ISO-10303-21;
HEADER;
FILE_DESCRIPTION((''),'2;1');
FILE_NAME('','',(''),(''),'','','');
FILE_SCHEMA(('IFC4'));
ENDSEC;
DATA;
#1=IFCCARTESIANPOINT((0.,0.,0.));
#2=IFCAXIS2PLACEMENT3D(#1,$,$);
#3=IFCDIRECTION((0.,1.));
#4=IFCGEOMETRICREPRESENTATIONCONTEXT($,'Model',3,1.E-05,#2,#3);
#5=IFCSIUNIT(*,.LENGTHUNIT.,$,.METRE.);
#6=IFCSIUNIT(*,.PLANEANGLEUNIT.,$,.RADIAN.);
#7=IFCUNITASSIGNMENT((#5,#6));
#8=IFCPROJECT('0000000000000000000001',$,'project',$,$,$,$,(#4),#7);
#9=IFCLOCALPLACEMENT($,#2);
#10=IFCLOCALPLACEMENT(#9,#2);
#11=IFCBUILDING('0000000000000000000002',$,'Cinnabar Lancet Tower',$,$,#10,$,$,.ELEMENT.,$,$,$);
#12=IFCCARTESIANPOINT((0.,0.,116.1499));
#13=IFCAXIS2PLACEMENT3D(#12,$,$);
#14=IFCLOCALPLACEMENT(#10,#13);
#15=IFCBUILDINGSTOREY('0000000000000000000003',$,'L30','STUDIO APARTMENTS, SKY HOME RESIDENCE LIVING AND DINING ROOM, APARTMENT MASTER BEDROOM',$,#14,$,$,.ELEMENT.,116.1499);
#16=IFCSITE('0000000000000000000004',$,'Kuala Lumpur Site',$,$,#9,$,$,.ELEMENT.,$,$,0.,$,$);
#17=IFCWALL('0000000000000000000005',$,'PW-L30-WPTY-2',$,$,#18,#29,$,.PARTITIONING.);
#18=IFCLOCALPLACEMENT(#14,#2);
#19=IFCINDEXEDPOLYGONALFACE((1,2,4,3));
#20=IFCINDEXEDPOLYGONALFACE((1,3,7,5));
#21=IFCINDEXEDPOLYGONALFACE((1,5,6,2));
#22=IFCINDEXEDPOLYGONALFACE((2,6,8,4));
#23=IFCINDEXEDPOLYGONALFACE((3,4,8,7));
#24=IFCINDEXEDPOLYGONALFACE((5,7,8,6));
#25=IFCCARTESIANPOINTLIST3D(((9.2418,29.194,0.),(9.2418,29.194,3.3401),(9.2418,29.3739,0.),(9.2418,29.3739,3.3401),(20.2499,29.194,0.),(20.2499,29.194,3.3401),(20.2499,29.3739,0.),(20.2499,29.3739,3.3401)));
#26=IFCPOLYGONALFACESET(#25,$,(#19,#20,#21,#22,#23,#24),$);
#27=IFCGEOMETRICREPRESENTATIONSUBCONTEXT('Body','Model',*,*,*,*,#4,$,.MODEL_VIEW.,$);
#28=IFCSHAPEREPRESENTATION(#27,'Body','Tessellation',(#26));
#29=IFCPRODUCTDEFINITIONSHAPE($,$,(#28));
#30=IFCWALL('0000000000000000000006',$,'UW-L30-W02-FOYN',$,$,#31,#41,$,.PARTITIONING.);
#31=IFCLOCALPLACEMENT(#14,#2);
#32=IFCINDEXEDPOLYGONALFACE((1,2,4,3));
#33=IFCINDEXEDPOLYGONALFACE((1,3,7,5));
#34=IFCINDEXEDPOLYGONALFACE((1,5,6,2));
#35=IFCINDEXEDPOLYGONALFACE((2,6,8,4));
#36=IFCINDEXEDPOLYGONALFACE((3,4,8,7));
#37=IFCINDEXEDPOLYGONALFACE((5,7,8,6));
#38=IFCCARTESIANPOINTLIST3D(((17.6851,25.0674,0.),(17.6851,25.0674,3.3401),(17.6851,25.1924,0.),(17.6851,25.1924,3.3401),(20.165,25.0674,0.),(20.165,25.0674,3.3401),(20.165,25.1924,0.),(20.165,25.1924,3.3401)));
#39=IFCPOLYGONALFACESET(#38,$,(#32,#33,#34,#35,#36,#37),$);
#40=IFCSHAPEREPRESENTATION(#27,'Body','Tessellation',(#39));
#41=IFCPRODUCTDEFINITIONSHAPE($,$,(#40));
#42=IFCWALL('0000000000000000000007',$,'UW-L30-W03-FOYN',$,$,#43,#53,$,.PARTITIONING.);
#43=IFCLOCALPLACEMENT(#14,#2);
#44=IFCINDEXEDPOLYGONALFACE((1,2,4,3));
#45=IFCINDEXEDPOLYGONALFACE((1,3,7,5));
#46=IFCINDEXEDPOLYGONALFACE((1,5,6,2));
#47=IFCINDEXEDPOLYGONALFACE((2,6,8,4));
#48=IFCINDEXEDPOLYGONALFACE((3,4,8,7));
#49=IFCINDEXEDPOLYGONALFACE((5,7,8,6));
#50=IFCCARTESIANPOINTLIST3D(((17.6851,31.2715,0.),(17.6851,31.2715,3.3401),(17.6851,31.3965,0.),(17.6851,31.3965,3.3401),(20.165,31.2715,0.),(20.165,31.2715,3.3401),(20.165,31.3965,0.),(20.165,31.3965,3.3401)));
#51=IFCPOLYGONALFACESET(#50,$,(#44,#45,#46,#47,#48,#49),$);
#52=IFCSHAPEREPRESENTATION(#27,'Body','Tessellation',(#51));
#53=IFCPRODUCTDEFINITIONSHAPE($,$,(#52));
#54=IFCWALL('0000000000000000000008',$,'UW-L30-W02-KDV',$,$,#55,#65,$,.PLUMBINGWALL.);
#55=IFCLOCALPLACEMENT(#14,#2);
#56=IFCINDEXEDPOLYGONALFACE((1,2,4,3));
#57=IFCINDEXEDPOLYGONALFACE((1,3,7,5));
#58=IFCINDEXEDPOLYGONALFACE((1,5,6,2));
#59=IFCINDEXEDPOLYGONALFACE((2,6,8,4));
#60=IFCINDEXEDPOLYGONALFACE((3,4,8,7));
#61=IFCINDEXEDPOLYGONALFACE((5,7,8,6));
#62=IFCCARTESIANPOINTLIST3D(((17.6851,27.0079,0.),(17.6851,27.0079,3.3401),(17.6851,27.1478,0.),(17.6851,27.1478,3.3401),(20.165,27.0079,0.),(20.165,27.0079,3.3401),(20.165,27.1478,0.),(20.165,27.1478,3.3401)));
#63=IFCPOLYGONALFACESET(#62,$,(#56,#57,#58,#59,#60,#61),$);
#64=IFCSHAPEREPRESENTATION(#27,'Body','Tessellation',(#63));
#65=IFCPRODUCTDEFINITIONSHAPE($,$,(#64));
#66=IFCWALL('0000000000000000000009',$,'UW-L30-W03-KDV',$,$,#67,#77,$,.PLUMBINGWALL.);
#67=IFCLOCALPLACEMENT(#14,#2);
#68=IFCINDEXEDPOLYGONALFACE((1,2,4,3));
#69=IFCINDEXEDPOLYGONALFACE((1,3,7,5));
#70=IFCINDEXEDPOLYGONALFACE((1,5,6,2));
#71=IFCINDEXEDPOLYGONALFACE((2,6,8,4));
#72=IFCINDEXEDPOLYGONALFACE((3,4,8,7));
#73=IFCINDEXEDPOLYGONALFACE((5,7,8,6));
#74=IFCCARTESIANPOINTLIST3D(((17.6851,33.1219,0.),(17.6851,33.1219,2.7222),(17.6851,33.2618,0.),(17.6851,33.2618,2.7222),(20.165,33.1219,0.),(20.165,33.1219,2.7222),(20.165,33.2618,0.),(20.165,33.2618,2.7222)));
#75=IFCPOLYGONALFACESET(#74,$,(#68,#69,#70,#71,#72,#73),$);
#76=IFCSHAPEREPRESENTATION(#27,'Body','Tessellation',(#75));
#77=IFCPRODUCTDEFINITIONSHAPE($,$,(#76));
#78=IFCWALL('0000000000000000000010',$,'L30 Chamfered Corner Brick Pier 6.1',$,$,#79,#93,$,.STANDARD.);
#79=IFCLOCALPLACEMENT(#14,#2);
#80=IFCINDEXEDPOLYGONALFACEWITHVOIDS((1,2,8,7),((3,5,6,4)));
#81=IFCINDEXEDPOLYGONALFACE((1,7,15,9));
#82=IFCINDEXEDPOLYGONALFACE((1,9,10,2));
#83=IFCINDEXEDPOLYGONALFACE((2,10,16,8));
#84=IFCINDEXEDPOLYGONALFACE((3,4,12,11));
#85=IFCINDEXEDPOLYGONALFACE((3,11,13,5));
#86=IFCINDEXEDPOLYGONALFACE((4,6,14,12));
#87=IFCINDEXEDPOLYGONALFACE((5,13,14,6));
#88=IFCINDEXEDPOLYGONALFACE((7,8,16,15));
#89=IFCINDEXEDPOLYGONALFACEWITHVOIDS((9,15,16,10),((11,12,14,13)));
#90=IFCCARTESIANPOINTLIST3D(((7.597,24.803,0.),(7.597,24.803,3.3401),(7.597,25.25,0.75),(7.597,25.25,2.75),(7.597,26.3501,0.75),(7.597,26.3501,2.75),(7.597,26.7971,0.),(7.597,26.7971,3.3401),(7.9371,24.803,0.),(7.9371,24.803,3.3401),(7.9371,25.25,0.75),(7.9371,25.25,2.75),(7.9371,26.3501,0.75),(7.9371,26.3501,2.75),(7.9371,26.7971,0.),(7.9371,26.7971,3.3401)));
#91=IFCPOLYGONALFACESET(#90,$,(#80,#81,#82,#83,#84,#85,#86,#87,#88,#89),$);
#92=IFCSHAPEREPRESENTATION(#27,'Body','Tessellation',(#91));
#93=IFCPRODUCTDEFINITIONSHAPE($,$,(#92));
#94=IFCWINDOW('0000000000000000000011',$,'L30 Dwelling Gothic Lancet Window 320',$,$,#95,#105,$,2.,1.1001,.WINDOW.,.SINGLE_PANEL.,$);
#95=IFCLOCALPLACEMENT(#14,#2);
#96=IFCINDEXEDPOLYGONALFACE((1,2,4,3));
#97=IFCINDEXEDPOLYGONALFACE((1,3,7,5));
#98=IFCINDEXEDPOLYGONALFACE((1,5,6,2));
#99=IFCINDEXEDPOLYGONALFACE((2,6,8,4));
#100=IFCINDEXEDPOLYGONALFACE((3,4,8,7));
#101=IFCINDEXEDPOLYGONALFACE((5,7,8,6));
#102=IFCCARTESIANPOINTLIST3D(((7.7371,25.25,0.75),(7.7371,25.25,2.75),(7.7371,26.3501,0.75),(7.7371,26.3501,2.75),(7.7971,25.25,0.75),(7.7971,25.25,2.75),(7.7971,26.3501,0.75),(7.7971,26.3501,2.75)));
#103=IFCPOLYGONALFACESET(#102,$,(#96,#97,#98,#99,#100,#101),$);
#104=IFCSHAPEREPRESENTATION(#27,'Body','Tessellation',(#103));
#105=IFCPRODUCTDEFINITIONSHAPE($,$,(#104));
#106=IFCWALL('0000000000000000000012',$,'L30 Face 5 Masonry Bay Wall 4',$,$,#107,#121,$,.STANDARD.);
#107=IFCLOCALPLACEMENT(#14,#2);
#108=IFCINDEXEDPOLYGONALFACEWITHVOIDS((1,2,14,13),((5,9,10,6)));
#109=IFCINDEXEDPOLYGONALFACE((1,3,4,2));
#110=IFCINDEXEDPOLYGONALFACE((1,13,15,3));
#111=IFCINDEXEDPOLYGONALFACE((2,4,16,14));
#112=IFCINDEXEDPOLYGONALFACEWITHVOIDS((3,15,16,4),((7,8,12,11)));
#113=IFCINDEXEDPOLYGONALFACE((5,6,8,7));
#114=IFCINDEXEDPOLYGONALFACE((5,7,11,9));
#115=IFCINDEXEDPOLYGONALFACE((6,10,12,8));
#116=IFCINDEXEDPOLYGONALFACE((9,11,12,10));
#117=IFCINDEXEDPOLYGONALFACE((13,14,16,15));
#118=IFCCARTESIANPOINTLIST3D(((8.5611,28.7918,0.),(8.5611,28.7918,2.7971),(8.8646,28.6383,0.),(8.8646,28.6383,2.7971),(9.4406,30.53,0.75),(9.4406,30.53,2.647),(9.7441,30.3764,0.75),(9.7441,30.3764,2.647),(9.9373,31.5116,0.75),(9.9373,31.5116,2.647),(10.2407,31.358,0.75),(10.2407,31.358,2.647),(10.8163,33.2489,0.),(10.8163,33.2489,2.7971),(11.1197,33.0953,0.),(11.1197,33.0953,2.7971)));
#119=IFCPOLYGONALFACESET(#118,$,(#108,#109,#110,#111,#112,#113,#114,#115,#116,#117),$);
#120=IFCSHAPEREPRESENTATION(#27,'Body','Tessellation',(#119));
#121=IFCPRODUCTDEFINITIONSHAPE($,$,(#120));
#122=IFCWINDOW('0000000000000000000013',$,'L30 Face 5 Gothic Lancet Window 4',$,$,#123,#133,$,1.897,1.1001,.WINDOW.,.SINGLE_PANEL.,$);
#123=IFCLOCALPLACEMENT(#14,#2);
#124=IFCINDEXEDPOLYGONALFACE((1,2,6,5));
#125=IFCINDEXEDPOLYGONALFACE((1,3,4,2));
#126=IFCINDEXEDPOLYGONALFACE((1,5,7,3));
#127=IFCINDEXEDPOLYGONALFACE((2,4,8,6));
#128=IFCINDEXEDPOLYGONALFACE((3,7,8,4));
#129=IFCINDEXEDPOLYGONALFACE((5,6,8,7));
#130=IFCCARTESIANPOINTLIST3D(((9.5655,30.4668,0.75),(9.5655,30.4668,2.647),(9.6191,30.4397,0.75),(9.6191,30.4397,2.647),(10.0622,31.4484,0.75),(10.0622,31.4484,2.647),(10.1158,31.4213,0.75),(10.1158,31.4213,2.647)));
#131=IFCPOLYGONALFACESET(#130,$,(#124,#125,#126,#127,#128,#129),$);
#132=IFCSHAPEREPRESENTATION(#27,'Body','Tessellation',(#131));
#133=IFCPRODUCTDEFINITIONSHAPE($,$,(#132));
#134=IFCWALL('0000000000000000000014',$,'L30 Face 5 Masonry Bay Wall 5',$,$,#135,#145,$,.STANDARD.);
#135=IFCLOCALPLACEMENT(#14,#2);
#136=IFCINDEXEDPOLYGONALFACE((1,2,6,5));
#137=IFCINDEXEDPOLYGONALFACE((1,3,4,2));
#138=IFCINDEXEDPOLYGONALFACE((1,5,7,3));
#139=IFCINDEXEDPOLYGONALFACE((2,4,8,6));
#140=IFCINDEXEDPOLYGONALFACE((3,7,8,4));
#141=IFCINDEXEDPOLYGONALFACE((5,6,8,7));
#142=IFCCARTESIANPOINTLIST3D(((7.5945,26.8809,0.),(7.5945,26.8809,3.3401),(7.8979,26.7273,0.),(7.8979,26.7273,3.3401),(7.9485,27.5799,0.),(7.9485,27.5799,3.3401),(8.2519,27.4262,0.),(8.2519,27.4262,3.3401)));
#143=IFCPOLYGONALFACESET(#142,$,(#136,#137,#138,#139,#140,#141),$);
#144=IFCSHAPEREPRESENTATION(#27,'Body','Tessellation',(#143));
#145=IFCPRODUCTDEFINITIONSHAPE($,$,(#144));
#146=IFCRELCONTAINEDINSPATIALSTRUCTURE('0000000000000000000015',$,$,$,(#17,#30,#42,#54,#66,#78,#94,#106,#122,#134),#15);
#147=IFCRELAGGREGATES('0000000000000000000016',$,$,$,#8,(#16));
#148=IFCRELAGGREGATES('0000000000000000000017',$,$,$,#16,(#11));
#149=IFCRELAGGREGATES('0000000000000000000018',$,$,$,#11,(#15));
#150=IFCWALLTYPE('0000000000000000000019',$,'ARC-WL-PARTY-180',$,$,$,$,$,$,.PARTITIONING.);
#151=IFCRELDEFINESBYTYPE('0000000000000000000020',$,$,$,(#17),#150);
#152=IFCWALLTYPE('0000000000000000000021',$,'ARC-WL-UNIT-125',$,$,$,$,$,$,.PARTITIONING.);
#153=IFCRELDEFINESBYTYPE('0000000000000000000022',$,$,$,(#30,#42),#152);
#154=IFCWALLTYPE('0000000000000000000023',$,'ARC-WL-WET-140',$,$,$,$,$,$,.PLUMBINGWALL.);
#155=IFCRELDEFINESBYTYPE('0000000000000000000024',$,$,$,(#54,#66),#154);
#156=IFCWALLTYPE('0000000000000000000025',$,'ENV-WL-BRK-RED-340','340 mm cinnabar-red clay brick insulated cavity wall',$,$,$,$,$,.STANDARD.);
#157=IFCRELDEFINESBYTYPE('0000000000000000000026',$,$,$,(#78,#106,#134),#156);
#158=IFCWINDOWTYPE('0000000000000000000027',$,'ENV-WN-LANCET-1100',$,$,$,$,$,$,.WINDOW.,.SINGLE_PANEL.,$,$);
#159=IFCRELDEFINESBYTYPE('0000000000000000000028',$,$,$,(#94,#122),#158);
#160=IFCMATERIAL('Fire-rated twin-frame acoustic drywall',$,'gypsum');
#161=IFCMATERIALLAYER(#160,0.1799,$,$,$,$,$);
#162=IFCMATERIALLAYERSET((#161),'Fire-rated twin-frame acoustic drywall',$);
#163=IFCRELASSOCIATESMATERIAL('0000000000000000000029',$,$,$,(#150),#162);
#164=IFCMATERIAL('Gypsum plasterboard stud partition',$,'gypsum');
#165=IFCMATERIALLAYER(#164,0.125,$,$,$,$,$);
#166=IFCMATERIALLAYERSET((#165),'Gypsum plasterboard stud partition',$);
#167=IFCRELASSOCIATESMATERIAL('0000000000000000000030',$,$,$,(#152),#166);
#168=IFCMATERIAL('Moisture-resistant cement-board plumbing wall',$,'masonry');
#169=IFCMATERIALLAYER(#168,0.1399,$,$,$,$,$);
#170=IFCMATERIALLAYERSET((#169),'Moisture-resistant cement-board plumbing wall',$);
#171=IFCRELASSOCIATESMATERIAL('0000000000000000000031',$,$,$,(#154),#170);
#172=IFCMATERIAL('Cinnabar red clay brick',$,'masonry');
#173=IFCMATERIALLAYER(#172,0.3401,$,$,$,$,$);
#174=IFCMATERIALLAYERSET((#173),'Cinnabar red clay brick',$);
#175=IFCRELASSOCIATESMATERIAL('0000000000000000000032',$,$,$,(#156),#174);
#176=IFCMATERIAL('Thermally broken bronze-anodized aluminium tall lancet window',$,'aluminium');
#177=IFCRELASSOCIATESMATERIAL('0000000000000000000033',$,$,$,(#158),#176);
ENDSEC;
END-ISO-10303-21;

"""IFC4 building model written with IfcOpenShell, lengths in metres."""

from ifc_helpers import new_model, si_unit, direction, frame, frame_2d, origin, place, context, subcontext, project, spatial, rectangle, extrude, material, layer, layer_set, type_object, element, fill, save


model = new_model("IFC4")

# Units and contexts
model_context = context("Model", 3, precision=1e-05, world=origin(), true_north=direction((0.0, 1.0)))
body_context = subcontext(model_context, "Body", "Model", "MODEL_VIEW")
ifc_project = project(units=[si_unit("LENGTHUNIT", "METRE"), si_unit("PLANEANGLEUNIT", "RADIAN")], contexts=[model_context])

# Site, building, storey
site_placement = place(None, origin())
site = spatial("IfcSite", under=ifc_project, at=site_placement, Name="Kuala Lumpur Site", CompositionType="ELEMENT", RefElevation=0.0)
building_placement = place(site_placement, origin())
building = spatial("IfcBuilding", under=site, at=building_placement, Name="Cinnabar Lancet Tower", CompositionType="ELEMENT")
storey_placement = place(building_placement, frame((0.0, 0.0, 116.1499)))
storey = spatial("IfcBuildingStorey", under=building, at=storey_placement, Name="L30", Description="STUDIO APARTMENTS, SKY HOME RESIDENCE LIVING AND DINING ROOM, APARTMENT MASTER BEDROOM", CompositionType="ELEMENT", Elevation=116.1499)

# Walls
ifc_material_1 = material(Name="Fire-rated twin-frame acoustic drywall", Category="gypsum")
ifc_layer_1 = layer(ifc_material_1, 0.1799)
ifc_layer_set_1 = layer_set([ifc_layer_1], Name="Fire-rated twin-frame acoustic drywall")
wall_type_1 = type_object("IfcWallType", Name="ARC-WL-PARTY-180", PredefinedType="PARTITIONING", material=ifc_layer_set_1)
wall_1_placement = place(storey_placement, frame((9.2419, 29.2839, 0.0), z_axis=(0.0, 0.0, 1.0), x_axis=(1.0, 0.0, 0.0)))
element("IfcWall", 1, at=wall_1_placement, inside=storey, type_object=wall_type_1, Name="PW-L30-WPTY-2", PredefinedType="PARTITIONING", context=body_context, shape_type="SweptSolid", body=[
    extrude(rectangle(XDim=11.0081, YDim=0.1799, at=frame_2d((5.5039, 0.0))), origin(), (0.0, 0.0, 1.0), 3.3401),
])
ifc_material_2 = material(Name="Gypsum plasterboard stud partition", Category="gypsum")
ifc_layer_2 = layer(ifc_material_2, 0.125)
ifc_layer_set_2 = layer_set([ifc_layer_2], Name="Gypsum plasterboard stud partition")
wall_type_2 = type_object("IfcWallType", Name="ARC-WL-UNIT-125", PredefinedType="PARTITIONING", material=ifc_layer_set_2)
for number, where, z_axis, x_axis, name in (
    (2, (17.6851, 25.1299, 0.0), (0.0, 0.0, 1.0), (1.0, 0.0, 0.0), "UW-L30-W02-FOYN"),
    (3, (17.6851, 31.334, 0.0), (0.0, 0.0, 1.0), (1.0, 0.0, 0.0), "UW-L30-W03-FOYN"),
):
    element("IfcWall", number, at=place(storey_placement, frame(where, z_axis=z_axis, x_axis=x_axis)), inside=storey, type_object=wall_type_2, Name=name, PredefinedType="PARTITIONING", context=body_context, shape_type="SweptSolid", body=[
        extrude(rectangle(XDim=2.48, YDim=0.125, at=frame_2d((1.24, 0.0))), origin(), (0.0, 0.0, 1.0), 3.3401),
    ])
ifc_material_3 = material(Name="Moisture-resistant cement-board plumbing wall", Category="masonry")
ifc_layer_3 = layer(ifc_material_3, 0.1399)
ifc_layer_set_3 = layer_set([ifc_layer_3], Name="Moisture-resistant cement-board plumbing wall")
wall_type_3 = type_object("IfcWallType", Name="ARC-WL-WET-140", PredefinedType="PLUMBINGWALL", material=ifc_layer_set_3)
wall_2_placement = place(storey_placement, frame((17.6851, 27.0779, 0.0), z_axis=(0.0, 0.0, 1.0), x_axis=(1.0, 0.0, 0.0)))
element("IfcWall", 4, at=wall_2_placement, inside=storey, type_object=wall_type_3, Name="UW-L30-W02-KDV", PredefinedType="PLUMBINGWALL", context=body_context, shape_type="SweptSolid", body=[
    extrude(rectangle(XDim=2.48, YDim=0.1399, at=frame_2d((1.24, 0.0))), origin(), (0.0, 0.0, 1.0), 3.3401),
])

# Wall
wall_3_placement = place(storey_placement, frame((17.6851, 33.1919, 0.0), z_axis=(0.0, 0.0, 1.0), x_axis=(1.0, 0.0, 0.0)))
element("IfcWall", 5, at=wall_3_placement, inside=storey, type_object=wall_type_3, Name="UW-L30-W03-KDV", PredefinedType="PLUMBINGWALL", context=body_context, shape_type="SweptSolid", body=[
    extrude(rectangle(XDim=2.48, YDim=0.1399, at=frame_2d((1.24, 0.0))), origin(), (0.0, 0.0, 1.0), 2.7222),
])

# Walls, openings, windows
ifc_material_4 = material(Name="Cinnabar red clay brick", Category="masonry")
ifc_layer_4 = layer(ifc_material_4, 0.3401)
ifc_layer_set_4 = layer_set([ifc_layer_4], Name="Cinnabar red clay brick")
wall_type_4 = type_object("IfcWallType", Name="ENV-WL-BRK-RED-340", Description="340 mm cinnabar-red clay brick insulated cavity wall", PredefinedType="STANDARD", material=ifc_layer_set_4)
wall_4_placement = place(storey_placement, frame((7.7671, 26.7971, 0.0), z_axis=(0.0, 0.0, 1.0), x_axis=(0.0, -1.0, 0.0)))
wall_4 = element("IfcWall", 6, at=wall_4_placement, inside=storey, type_object=wall_type_4, Name="L30 Chamfered Corner Brick Pier 6.1", PredefinedType="STANDARD", context=body_context, shape_type="SweptSolid", body=[
    extrude(rectangle(XDim=1.9941, YDim=0.3401, at=frame_2d((0.9971, 0.0))), origin(), (0.0, 0.0, 1.0), 3.3401),
])
opening_1_placement = place(wall_4_placement, frame((0.447, 0.0, 0.75)))
opening_1 = element("IfcOpeningElement", 7, at=opening_1_placement, cuts=wall_4, PredefinedType="OPENING", context=body_context, shape_type="SweptSolid", body=[
    extrude(rectangle(XDim=1.1001, YDim=2.0, at=frame_2d((0.55, 1.0))), frame((0.0, 0.1799, 0.0), z_axis=(0.0, -1.0, 0.0), x_axis=(1.0, 0.0, 0.0)), (0.0, 0.0, 1.0), 0.3601),
])
ifc_material_5 = material(Name="Thermally broken bronze-anodized aluminium tall lancet window", Category="aluminium")
window_type = type_object("IfcWindowType", Name="ENV-WN-LANCET-1100", PartitioningType="SINGLE_PANEL", PredefinedType="WINDOW", material=ifc_material_5)
window_1_placement = place(opening_1_placement, origin())
window_1 = element("IfcWindow", 8, at=window_1_placement, inside=storey, type_object=window_type, Name="L30 Dwelling Gothic Lancet Window 320", OverallHeight=2.0, OverallWidth=1.1001, PartitioningType="SINGLE_PANEL", PredefinedType="WINDOW", context=body_context, shape_type="SweptSolid", body=[
    extrude(rectangle(XDim=1.1001, YDim=2.0, at=frame_2d((0.55, 1.0))), frame((0.0, 0.03, 0.0), z_axis=(0.0, -1.0, 0.0), x_axis=(1.0, 0.0, 0.0)), (0.0, 0.0, 1.0), 0.0601),
])
fill(opening_1, window_1)
wall_5_placement = place(storey_placement, frame((10.968, 33.1721, 0.0), z_axis=(0.0, 0.0, 1.0), x_axis=(-0.451471, -0.892286, 0.0)))
wall_5 = element("IfcWall", 9, at=wall_5_placement, inside=storey, type_object=wall_type_4, Name="L30 Face 5 Masonry Bay Wall 4", PredefinedType="STANDARD", context=body_context, shape_type="SweptSolid", body=[
    extrude(rectangle(XDim=4.9951, YDim=0.3401, at=frame_2d((2.4976, 0.0))), origin(), (0.0, 0.0, 1.0), 2.7971),
])
opening_2_placement = place(wall_5_placement, frame((1.947, 0.0, 0.75)))
opening_2 = element("IfcOpeningElement", 10, at=opening_2_placement, cuts=wall_5, PredefinedType="OPENING", context=body_context, shape_type="SweptSolid", body=[
    extrude(rectangle(XDim=1.1001, YDim=1.897, at=frame_2d((0.55, 0.9485))), frame((0.0, 0.1799, 0.0), z_axis=(0.0, -1.0, 0.0), x_axis=(1.0, 0.0, 0.0)), (0.0, 0.0, 1.0), 0.3601),
])
window_2_placement = place(opening_2_placement, origin())
window_2 = element("IfcWindow", 11, at=window_2_placement, inside=storey, type_object=window_type, Name="L30 Face 5 Gothic Lancet Window 4", OverallHeight=1.897, OverallWidth=1.1001, PartitioningType="SINGLE_PANEL", PredefinedType="WINDOW", context=body_context, shape_type="SweptSolid", body=[
    extrude(rectangle(XDim=1.1001, YDim=1.897, at=frame_2d((0.55, 0.9485))), frame((0.0, 0.03, 0.0), z_axis=(0.0, -1.0, 0.0), x_axis=(1.0, 0.0, 0.0)), (0.0, 0.0, 1.0), 0.0601),
])
fill(opening_2, window_2)

# Wall
wall_6_placement = place(storey_placement, frame((8.1001, 27.5029, 0.0), z_axis=(0.0, 0.0, 1.0), x_axis=(-0.451819, -0.892109, 0.0)))
element("IfcWall", 12, at=wall_6_placement, inside=storey, type_object=wall_type_4, Name="L30 Face 5 Masonry Bay Wall 5", PredefinedType="STANDARD", context=body_context, shape_type="SweptSolid", body=[
    extrude(rectangle(XDim=0.7834, YDim=0.3401, at=frame_2d((0.3916, 0.0))), origin(), (0.0, 0.0, 1.0), 3.3401),
])

save(model, "model.ifc")
